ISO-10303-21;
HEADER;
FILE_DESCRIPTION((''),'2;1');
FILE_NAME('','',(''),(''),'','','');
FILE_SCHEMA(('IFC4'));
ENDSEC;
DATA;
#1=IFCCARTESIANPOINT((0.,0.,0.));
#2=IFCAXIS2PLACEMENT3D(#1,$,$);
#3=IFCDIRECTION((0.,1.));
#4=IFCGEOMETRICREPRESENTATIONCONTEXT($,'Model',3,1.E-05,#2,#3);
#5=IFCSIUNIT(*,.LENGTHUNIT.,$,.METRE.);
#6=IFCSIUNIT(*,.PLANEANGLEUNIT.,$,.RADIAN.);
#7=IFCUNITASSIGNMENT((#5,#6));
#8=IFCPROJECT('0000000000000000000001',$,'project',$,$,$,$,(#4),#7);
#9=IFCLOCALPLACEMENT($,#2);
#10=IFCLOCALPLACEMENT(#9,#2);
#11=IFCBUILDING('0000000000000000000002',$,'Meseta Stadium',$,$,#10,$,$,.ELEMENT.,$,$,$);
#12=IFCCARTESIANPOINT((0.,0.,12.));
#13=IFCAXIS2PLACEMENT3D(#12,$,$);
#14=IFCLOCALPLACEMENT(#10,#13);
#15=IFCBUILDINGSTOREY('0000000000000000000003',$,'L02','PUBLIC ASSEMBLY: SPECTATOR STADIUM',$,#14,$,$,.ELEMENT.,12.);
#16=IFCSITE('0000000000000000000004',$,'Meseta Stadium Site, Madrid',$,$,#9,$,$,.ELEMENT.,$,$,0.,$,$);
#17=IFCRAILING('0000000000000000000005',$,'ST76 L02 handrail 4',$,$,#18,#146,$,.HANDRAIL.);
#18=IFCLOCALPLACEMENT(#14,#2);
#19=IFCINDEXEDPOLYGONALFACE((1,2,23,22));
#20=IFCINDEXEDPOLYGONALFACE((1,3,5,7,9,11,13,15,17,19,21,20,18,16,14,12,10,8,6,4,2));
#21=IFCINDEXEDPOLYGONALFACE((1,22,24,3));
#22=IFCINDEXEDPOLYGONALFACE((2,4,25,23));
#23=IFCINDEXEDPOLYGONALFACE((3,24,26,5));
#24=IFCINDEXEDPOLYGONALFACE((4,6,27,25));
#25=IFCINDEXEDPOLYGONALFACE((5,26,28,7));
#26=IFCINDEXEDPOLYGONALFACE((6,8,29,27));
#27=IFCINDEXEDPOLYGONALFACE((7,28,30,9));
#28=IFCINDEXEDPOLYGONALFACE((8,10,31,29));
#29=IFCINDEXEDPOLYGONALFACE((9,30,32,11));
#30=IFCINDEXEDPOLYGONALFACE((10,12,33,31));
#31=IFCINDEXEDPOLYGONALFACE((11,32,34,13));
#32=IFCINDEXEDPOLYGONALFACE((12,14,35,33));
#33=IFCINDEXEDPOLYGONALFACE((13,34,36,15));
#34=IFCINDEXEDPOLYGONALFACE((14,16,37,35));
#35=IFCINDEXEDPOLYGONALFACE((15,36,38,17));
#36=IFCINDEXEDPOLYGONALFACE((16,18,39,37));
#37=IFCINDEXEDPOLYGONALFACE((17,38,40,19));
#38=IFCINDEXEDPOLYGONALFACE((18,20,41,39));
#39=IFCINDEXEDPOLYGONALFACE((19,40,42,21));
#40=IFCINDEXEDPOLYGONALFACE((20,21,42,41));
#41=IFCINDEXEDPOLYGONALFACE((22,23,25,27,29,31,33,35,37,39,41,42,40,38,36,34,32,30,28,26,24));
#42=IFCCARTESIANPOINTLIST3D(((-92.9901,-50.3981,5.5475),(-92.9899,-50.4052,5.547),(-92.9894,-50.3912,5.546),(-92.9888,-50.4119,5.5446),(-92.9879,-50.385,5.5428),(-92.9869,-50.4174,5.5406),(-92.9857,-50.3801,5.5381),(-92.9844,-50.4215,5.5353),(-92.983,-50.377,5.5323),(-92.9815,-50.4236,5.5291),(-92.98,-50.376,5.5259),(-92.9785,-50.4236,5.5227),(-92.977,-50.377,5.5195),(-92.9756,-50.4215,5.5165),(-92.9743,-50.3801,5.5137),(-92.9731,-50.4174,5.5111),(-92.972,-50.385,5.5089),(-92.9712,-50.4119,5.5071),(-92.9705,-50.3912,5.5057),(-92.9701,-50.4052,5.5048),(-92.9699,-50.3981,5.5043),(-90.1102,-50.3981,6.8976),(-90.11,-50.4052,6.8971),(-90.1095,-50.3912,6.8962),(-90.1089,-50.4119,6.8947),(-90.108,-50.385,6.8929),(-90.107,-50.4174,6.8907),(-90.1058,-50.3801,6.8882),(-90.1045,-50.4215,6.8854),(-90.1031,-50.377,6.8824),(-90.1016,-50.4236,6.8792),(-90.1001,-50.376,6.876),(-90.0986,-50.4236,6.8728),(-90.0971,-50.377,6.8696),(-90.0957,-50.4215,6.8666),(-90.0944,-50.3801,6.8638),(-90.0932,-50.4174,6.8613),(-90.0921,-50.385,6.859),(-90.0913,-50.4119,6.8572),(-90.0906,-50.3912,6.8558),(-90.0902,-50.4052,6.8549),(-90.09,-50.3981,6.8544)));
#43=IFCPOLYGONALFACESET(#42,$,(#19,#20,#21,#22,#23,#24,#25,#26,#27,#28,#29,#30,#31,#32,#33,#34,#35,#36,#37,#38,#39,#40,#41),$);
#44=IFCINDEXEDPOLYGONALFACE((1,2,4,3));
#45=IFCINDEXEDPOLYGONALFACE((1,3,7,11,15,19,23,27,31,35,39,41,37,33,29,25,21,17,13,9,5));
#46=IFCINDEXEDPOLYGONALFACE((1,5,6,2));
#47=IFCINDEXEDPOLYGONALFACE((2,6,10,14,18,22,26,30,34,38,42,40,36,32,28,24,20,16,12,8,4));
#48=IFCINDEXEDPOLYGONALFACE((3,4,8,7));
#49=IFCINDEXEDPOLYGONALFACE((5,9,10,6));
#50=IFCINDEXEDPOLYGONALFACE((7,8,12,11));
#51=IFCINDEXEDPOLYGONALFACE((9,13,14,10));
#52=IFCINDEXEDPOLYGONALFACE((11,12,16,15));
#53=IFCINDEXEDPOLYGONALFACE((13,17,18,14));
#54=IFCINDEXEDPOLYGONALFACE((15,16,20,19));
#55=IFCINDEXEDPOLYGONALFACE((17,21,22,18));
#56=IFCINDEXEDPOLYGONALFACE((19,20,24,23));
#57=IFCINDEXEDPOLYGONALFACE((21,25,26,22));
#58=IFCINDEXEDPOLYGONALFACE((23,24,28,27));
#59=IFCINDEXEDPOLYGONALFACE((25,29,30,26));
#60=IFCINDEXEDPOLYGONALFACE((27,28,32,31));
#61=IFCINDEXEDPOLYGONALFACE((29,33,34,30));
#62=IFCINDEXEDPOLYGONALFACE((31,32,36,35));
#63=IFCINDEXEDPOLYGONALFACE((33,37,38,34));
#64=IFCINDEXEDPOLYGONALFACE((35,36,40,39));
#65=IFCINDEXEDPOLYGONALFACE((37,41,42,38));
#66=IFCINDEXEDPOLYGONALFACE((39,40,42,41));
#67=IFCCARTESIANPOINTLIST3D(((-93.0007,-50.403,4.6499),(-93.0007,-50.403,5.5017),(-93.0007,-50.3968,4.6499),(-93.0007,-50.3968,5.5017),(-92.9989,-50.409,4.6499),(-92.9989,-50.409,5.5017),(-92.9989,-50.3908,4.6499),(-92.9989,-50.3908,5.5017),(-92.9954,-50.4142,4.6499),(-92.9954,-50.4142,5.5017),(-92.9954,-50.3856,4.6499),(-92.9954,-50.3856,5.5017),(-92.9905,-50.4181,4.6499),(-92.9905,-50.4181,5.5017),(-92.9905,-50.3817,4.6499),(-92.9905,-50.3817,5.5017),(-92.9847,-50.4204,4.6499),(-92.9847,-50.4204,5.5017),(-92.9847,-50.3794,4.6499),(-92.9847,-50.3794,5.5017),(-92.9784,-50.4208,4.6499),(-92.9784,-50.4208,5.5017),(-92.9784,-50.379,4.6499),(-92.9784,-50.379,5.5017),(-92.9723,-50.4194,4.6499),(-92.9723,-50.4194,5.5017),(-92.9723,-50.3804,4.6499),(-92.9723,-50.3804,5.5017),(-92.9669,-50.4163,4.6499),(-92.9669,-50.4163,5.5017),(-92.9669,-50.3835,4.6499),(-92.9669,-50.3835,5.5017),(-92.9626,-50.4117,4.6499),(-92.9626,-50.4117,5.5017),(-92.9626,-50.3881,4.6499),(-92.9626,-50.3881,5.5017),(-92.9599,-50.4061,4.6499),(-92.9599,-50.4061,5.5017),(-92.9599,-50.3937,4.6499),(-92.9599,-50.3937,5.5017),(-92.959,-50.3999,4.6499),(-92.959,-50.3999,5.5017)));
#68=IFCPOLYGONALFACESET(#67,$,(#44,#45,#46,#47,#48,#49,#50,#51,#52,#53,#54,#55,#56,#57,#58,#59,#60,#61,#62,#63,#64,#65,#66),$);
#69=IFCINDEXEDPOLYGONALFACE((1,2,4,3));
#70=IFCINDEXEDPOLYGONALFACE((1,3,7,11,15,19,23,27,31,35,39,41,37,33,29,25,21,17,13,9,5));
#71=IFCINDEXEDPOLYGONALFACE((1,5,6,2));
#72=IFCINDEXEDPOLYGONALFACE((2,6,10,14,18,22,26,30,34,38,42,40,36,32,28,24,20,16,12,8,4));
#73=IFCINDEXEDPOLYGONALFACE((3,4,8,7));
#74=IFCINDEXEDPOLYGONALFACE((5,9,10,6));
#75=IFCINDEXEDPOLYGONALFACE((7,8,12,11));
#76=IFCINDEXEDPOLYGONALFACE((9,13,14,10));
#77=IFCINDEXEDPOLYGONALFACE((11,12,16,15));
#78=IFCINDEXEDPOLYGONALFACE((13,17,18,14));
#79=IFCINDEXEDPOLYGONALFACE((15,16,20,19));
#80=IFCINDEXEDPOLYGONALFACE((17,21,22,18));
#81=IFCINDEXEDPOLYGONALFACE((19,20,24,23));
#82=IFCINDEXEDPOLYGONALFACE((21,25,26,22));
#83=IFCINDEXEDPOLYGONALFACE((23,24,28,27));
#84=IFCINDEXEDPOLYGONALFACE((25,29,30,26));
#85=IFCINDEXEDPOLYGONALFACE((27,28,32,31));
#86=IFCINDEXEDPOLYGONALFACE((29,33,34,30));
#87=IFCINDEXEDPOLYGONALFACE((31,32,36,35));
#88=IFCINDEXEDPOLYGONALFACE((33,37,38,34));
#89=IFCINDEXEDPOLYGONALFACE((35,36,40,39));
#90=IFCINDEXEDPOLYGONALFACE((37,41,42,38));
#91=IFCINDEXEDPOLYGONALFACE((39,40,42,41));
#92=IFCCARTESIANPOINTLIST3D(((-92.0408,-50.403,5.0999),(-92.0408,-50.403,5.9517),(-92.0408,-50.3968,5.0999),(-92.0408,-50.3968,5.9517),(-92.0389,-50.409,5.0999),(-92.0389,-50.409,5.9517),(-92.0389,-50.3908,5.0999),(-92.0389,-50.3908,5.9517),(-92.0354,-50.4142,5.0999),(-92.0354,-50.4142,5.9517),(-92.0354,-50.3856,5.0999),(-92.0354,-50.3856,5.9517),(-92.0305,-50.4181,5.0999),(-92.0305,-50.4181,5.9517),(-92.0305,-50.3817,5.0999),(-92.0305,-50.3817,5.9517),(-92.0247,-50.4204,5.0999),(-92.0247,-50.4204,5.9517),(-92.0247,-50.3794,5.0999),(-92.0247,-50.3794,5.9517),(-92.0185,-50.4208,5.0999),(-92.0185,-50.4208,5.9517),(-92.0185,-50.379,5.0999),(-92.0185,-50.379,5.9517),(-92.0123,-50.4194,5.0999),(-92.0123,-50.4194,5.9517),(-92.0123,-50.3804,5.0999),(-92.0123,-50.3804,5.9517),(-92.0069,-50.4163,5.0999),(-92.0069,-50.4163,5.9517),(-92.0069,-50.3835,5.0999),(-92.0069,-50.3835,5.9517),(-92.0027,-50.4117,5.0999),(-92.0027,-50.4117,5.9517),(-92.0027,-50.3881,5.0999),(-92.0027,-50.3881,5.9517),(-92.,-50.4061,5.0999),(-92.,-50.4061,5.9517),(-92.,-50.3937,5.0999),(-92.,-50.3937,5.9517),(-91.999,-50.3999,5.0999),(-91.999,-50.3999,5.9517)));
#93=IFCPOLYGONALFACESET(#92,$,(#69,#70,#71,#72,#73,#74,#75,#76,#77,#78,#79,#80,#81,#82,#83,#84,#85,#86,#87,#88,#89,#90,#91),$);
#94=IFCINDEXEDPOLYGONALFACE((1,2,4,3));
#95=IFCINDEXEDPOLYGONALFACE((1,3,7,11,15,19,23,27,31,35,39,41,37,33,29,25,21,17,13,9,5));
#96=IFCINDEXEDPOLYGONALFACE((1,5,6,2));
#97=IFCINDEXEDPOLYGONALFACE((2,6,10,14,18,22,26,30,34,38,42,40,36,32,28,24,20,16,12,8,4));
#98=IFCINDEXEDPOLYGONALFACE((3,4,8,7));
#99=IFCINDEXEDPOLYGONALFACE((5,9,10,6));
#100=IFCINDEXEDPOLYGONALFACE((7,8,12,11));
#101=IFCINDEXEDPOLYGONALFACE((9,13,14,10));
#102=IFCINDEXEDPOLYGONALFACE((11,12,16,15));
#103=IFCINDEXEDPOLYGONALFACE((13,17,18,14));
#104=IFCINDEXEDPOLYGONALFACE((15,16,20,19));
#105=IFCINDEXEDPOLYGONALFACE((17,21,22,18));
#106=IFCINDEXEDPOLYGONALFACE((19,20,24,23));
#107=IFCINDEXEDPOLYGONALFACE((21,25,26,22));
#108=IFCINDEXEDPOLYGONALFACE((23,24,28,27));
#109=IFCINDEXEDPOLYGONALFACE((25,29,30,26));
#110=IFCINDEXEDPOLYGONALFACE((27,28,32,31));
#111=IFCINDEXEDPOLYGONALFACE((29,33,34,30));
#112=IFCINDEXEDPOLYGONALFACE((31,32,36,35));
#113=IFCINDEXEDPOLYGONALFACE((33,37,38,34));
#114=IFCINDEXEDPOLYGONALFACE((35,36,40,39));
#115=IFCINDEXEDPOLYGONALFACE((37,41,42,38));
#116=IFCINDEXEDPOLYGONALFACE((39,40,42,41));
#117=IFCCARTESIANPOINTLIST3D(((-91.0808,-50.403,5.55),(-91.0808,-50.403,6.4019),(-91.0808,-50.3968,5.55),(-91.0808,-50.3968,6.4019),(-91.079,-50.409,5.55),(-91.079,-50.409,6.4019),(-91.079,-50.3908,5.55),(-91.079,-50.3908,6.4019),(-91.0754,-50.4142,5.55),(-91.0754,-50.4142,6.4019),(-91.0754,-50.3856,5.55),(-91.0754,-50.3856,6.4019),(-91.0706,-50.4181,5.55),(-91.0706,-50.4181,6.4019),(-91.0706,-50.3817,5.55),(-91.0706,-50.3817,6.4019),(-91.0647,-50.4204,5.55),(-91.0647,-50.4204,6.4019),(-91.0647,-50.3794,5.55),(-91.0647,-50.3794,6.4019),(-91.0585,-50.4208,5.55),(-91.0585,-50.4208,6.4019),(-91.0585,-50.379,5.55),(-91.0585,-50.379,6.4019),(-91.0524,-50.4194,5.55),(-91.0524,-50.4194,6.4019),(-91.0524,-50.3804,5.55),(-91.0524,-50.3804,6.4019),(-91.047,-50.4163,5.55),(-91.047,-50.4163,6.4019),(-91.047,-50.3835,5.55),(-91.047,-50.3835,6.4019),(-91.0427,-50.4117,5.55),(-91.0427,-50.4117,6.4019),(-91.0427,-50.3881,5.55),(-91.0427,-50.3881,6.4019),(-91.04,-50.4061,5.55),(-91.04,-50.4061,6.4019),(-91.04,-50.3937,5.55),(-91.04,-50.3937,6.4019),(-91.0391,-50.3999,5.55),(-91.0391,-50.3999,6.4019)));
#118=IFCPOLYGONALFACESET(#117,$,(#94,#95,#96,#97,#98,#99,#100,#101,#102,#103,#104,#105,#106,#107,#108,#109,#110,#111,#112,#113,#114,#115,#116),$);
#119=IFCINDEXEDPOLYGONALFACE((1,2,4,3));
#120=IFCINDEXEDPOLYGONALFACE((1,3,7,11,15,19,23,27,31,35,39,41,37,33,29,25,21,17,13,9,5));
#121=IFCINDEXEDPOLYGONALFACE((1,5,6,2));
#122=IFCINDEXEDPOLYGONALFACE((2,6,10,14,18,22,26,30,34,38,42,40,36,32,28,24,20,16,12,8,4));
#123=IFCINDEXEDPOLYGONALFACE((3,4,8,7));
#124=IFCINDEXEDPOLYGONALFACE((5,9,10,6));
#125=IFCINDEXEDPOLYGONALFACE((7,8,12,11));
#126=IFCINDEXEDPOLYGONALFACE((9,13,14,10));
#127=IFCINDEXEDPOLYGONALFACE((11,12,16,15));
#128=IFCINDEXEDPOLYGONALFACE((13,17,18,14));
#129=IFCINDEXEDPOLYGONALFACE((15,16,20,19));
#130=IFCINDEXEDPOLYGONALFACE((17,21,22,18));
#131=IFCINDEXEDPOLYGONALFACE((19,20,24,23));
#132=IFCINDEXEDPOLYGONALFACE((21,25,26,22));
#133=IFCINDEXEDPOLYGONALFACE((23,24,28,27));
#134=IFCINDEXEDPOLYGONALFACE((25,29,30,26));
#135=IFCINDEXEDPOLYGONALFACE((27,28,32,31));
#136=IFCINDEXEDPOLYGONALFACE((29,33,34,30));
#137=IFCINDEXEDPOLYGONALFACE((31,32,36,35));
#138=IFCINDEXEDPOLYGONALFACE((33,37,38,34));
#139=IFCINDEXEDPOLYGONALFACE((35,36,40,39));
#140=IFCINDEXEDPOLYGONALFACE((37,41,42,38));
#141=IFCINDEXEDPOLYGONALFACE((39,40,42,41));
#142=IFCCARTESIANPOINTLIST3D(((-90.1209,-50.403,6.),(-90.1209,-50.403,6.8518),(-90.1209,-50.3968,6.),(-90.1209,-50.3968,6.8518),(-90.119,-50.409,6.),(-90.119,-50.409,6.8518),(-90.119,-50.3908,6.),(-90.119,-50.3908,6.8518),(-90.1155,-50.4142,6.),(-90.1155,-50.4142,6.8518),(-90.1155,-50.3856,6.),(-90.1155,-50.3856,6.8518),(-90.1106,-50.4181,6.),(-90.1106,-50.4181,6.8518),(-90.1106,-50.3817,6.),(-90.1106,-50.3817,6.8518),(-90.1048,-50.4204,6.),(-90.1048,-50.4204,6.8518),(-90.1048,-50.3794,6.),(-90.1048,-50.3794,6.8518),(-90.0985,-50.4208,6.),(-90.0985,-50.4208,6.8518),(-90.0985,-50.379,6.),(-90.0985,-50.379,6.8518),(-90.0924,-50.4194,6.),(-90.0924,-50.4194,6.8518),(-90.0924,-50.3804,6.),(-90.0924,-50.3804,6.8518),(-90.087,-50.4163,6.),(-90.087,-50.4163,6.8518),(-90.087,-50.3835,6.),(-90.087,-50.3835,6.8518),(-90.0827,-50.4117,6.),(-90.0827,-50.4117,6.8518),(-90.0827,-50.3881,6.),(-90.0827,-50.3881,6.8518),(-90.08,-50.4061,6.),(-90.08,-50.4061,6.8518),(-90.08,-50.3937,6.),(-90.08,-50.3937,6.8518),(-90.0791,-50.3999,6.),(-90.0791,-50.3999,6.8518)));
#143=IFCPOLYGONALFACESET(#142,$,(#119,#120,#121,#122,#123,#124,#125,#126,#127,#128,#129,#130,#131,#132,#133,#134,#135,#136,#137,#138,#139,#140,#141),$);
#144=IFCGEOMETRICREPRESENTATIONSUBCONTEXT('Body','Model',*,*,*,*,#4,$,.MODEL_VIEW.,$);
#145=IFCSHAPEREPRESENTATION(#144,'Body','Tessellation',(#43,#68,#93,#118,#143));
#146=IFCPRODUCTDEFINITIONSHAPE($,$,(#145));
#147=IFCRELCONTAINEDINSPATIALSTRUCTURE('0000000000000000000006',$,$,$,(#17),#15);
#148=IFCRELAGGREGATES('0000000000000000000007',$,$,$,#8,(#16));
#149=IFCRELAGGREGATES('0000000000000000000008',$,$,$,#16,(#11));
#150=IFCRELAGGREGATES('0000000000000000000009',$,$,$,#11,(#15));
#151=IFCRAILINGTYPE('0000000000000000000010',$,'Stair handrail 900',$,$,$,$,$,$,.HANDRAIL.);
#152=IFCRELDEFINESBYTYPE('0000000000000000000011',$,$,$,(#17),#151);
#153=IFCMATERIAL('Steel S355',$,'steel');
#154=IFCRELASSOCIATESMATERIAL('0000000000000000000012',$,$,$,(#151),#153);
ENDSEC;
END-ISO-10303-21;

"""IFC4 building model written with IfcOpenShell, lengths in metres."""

from ifc_helpers import new_model, si_unit, direction, frame, origin, origin_2d, place, context, subcontext, project, spatial, circle, extrude, material, type_object, element, save


model = new_model("IFC4")

# Units and contexts
model_context = context("Model", 3, precision=1e-05, world=origin(), true_north=direction((0.0, 1.0)))
body_context = subcontext(model_context, "Body", "Model", "MODEL_VIEW")
ifc_project = project(units=[si_unit("LENGTHUNIT", "METRE"), si_unit("PLANEANGLEUNIT", "RADIAN")], contexts=[model_context])

# Site, building, storey
site_placement = place(None, origin())
site = spatial("IfcSite", under=ifc_project, at=site_placement, Name="Meseta Stadium Site, Madrid", CompositionType="ELEMENT", RefElevation=0.0)
building_placement = place(site_placement, origin())
building = spatial("IfcBuilding", under=site, at=building_placement, Name="Meseta Stadium", CompositionType="ELEMENT")
storey_placement = place(building_placement, frame((0.0, 0.0, 12.0)))
storey = spatial("IfcBuildingStorey", under=building, at=storey_placement, Name="L02", Description="PUBLIC ASSEMBLY: SPECTATOR STADIUM", CompositionType="ELEMENT", Elevation=12.0)

# Railing
ifc_material_1 = material(Name="Steel S355", Category="steel")
railing_type_1 = type_object("IfcRailingType", Name="Stair handrail 900", PredefinedType="HANDRAIL", material=ifc_material_1)
for number, where, name in (
    (1, (-92.98, -50.3999, 4.6499), "ST76 L02 handrail 4"),
):
    element("IfcRailing", number, at=place(storey_placement, frame(where)), inside=storey, type_object=railing_type_1, Name=name, PredefinedType="HANDRAIL", context=body_context, shape_type="SweptSolid", body=[
        extrude(circle(Radius=0.0239, at=origin_2d()), frame((0.0, 0.0, 0.876), z_axis=(0.90544, 0.0, 0.424473), x_axis=(0.0, 1.0, 0.0)), (0.0, 0.0, 1.0), 3.1807),
        extrude(circle(Radius=0.021, at=origin_2d()), origin(), (0.0, 0.0, 1.0), 0.8518),
        extrude(circle(Radius=0.021, at=origin_2d()), frame((0.96, 0.0, 0.45)), (0.0, 0.0, 1.0), 0.8518),
        extrude(circle(Radius=0.021, at=origin_2d()), frame((1.9199, 0.0, 0.9001)), (0.0, 0.0, 1.0), 0.8518),
        extrude(circle(Radius=0.021, at=origin_2d()), frame((2.8799, 0.0, 1.3501)), (0.0, 0.0, 1.0), 0.8518),
    ])

save(model, "model.ifc")
